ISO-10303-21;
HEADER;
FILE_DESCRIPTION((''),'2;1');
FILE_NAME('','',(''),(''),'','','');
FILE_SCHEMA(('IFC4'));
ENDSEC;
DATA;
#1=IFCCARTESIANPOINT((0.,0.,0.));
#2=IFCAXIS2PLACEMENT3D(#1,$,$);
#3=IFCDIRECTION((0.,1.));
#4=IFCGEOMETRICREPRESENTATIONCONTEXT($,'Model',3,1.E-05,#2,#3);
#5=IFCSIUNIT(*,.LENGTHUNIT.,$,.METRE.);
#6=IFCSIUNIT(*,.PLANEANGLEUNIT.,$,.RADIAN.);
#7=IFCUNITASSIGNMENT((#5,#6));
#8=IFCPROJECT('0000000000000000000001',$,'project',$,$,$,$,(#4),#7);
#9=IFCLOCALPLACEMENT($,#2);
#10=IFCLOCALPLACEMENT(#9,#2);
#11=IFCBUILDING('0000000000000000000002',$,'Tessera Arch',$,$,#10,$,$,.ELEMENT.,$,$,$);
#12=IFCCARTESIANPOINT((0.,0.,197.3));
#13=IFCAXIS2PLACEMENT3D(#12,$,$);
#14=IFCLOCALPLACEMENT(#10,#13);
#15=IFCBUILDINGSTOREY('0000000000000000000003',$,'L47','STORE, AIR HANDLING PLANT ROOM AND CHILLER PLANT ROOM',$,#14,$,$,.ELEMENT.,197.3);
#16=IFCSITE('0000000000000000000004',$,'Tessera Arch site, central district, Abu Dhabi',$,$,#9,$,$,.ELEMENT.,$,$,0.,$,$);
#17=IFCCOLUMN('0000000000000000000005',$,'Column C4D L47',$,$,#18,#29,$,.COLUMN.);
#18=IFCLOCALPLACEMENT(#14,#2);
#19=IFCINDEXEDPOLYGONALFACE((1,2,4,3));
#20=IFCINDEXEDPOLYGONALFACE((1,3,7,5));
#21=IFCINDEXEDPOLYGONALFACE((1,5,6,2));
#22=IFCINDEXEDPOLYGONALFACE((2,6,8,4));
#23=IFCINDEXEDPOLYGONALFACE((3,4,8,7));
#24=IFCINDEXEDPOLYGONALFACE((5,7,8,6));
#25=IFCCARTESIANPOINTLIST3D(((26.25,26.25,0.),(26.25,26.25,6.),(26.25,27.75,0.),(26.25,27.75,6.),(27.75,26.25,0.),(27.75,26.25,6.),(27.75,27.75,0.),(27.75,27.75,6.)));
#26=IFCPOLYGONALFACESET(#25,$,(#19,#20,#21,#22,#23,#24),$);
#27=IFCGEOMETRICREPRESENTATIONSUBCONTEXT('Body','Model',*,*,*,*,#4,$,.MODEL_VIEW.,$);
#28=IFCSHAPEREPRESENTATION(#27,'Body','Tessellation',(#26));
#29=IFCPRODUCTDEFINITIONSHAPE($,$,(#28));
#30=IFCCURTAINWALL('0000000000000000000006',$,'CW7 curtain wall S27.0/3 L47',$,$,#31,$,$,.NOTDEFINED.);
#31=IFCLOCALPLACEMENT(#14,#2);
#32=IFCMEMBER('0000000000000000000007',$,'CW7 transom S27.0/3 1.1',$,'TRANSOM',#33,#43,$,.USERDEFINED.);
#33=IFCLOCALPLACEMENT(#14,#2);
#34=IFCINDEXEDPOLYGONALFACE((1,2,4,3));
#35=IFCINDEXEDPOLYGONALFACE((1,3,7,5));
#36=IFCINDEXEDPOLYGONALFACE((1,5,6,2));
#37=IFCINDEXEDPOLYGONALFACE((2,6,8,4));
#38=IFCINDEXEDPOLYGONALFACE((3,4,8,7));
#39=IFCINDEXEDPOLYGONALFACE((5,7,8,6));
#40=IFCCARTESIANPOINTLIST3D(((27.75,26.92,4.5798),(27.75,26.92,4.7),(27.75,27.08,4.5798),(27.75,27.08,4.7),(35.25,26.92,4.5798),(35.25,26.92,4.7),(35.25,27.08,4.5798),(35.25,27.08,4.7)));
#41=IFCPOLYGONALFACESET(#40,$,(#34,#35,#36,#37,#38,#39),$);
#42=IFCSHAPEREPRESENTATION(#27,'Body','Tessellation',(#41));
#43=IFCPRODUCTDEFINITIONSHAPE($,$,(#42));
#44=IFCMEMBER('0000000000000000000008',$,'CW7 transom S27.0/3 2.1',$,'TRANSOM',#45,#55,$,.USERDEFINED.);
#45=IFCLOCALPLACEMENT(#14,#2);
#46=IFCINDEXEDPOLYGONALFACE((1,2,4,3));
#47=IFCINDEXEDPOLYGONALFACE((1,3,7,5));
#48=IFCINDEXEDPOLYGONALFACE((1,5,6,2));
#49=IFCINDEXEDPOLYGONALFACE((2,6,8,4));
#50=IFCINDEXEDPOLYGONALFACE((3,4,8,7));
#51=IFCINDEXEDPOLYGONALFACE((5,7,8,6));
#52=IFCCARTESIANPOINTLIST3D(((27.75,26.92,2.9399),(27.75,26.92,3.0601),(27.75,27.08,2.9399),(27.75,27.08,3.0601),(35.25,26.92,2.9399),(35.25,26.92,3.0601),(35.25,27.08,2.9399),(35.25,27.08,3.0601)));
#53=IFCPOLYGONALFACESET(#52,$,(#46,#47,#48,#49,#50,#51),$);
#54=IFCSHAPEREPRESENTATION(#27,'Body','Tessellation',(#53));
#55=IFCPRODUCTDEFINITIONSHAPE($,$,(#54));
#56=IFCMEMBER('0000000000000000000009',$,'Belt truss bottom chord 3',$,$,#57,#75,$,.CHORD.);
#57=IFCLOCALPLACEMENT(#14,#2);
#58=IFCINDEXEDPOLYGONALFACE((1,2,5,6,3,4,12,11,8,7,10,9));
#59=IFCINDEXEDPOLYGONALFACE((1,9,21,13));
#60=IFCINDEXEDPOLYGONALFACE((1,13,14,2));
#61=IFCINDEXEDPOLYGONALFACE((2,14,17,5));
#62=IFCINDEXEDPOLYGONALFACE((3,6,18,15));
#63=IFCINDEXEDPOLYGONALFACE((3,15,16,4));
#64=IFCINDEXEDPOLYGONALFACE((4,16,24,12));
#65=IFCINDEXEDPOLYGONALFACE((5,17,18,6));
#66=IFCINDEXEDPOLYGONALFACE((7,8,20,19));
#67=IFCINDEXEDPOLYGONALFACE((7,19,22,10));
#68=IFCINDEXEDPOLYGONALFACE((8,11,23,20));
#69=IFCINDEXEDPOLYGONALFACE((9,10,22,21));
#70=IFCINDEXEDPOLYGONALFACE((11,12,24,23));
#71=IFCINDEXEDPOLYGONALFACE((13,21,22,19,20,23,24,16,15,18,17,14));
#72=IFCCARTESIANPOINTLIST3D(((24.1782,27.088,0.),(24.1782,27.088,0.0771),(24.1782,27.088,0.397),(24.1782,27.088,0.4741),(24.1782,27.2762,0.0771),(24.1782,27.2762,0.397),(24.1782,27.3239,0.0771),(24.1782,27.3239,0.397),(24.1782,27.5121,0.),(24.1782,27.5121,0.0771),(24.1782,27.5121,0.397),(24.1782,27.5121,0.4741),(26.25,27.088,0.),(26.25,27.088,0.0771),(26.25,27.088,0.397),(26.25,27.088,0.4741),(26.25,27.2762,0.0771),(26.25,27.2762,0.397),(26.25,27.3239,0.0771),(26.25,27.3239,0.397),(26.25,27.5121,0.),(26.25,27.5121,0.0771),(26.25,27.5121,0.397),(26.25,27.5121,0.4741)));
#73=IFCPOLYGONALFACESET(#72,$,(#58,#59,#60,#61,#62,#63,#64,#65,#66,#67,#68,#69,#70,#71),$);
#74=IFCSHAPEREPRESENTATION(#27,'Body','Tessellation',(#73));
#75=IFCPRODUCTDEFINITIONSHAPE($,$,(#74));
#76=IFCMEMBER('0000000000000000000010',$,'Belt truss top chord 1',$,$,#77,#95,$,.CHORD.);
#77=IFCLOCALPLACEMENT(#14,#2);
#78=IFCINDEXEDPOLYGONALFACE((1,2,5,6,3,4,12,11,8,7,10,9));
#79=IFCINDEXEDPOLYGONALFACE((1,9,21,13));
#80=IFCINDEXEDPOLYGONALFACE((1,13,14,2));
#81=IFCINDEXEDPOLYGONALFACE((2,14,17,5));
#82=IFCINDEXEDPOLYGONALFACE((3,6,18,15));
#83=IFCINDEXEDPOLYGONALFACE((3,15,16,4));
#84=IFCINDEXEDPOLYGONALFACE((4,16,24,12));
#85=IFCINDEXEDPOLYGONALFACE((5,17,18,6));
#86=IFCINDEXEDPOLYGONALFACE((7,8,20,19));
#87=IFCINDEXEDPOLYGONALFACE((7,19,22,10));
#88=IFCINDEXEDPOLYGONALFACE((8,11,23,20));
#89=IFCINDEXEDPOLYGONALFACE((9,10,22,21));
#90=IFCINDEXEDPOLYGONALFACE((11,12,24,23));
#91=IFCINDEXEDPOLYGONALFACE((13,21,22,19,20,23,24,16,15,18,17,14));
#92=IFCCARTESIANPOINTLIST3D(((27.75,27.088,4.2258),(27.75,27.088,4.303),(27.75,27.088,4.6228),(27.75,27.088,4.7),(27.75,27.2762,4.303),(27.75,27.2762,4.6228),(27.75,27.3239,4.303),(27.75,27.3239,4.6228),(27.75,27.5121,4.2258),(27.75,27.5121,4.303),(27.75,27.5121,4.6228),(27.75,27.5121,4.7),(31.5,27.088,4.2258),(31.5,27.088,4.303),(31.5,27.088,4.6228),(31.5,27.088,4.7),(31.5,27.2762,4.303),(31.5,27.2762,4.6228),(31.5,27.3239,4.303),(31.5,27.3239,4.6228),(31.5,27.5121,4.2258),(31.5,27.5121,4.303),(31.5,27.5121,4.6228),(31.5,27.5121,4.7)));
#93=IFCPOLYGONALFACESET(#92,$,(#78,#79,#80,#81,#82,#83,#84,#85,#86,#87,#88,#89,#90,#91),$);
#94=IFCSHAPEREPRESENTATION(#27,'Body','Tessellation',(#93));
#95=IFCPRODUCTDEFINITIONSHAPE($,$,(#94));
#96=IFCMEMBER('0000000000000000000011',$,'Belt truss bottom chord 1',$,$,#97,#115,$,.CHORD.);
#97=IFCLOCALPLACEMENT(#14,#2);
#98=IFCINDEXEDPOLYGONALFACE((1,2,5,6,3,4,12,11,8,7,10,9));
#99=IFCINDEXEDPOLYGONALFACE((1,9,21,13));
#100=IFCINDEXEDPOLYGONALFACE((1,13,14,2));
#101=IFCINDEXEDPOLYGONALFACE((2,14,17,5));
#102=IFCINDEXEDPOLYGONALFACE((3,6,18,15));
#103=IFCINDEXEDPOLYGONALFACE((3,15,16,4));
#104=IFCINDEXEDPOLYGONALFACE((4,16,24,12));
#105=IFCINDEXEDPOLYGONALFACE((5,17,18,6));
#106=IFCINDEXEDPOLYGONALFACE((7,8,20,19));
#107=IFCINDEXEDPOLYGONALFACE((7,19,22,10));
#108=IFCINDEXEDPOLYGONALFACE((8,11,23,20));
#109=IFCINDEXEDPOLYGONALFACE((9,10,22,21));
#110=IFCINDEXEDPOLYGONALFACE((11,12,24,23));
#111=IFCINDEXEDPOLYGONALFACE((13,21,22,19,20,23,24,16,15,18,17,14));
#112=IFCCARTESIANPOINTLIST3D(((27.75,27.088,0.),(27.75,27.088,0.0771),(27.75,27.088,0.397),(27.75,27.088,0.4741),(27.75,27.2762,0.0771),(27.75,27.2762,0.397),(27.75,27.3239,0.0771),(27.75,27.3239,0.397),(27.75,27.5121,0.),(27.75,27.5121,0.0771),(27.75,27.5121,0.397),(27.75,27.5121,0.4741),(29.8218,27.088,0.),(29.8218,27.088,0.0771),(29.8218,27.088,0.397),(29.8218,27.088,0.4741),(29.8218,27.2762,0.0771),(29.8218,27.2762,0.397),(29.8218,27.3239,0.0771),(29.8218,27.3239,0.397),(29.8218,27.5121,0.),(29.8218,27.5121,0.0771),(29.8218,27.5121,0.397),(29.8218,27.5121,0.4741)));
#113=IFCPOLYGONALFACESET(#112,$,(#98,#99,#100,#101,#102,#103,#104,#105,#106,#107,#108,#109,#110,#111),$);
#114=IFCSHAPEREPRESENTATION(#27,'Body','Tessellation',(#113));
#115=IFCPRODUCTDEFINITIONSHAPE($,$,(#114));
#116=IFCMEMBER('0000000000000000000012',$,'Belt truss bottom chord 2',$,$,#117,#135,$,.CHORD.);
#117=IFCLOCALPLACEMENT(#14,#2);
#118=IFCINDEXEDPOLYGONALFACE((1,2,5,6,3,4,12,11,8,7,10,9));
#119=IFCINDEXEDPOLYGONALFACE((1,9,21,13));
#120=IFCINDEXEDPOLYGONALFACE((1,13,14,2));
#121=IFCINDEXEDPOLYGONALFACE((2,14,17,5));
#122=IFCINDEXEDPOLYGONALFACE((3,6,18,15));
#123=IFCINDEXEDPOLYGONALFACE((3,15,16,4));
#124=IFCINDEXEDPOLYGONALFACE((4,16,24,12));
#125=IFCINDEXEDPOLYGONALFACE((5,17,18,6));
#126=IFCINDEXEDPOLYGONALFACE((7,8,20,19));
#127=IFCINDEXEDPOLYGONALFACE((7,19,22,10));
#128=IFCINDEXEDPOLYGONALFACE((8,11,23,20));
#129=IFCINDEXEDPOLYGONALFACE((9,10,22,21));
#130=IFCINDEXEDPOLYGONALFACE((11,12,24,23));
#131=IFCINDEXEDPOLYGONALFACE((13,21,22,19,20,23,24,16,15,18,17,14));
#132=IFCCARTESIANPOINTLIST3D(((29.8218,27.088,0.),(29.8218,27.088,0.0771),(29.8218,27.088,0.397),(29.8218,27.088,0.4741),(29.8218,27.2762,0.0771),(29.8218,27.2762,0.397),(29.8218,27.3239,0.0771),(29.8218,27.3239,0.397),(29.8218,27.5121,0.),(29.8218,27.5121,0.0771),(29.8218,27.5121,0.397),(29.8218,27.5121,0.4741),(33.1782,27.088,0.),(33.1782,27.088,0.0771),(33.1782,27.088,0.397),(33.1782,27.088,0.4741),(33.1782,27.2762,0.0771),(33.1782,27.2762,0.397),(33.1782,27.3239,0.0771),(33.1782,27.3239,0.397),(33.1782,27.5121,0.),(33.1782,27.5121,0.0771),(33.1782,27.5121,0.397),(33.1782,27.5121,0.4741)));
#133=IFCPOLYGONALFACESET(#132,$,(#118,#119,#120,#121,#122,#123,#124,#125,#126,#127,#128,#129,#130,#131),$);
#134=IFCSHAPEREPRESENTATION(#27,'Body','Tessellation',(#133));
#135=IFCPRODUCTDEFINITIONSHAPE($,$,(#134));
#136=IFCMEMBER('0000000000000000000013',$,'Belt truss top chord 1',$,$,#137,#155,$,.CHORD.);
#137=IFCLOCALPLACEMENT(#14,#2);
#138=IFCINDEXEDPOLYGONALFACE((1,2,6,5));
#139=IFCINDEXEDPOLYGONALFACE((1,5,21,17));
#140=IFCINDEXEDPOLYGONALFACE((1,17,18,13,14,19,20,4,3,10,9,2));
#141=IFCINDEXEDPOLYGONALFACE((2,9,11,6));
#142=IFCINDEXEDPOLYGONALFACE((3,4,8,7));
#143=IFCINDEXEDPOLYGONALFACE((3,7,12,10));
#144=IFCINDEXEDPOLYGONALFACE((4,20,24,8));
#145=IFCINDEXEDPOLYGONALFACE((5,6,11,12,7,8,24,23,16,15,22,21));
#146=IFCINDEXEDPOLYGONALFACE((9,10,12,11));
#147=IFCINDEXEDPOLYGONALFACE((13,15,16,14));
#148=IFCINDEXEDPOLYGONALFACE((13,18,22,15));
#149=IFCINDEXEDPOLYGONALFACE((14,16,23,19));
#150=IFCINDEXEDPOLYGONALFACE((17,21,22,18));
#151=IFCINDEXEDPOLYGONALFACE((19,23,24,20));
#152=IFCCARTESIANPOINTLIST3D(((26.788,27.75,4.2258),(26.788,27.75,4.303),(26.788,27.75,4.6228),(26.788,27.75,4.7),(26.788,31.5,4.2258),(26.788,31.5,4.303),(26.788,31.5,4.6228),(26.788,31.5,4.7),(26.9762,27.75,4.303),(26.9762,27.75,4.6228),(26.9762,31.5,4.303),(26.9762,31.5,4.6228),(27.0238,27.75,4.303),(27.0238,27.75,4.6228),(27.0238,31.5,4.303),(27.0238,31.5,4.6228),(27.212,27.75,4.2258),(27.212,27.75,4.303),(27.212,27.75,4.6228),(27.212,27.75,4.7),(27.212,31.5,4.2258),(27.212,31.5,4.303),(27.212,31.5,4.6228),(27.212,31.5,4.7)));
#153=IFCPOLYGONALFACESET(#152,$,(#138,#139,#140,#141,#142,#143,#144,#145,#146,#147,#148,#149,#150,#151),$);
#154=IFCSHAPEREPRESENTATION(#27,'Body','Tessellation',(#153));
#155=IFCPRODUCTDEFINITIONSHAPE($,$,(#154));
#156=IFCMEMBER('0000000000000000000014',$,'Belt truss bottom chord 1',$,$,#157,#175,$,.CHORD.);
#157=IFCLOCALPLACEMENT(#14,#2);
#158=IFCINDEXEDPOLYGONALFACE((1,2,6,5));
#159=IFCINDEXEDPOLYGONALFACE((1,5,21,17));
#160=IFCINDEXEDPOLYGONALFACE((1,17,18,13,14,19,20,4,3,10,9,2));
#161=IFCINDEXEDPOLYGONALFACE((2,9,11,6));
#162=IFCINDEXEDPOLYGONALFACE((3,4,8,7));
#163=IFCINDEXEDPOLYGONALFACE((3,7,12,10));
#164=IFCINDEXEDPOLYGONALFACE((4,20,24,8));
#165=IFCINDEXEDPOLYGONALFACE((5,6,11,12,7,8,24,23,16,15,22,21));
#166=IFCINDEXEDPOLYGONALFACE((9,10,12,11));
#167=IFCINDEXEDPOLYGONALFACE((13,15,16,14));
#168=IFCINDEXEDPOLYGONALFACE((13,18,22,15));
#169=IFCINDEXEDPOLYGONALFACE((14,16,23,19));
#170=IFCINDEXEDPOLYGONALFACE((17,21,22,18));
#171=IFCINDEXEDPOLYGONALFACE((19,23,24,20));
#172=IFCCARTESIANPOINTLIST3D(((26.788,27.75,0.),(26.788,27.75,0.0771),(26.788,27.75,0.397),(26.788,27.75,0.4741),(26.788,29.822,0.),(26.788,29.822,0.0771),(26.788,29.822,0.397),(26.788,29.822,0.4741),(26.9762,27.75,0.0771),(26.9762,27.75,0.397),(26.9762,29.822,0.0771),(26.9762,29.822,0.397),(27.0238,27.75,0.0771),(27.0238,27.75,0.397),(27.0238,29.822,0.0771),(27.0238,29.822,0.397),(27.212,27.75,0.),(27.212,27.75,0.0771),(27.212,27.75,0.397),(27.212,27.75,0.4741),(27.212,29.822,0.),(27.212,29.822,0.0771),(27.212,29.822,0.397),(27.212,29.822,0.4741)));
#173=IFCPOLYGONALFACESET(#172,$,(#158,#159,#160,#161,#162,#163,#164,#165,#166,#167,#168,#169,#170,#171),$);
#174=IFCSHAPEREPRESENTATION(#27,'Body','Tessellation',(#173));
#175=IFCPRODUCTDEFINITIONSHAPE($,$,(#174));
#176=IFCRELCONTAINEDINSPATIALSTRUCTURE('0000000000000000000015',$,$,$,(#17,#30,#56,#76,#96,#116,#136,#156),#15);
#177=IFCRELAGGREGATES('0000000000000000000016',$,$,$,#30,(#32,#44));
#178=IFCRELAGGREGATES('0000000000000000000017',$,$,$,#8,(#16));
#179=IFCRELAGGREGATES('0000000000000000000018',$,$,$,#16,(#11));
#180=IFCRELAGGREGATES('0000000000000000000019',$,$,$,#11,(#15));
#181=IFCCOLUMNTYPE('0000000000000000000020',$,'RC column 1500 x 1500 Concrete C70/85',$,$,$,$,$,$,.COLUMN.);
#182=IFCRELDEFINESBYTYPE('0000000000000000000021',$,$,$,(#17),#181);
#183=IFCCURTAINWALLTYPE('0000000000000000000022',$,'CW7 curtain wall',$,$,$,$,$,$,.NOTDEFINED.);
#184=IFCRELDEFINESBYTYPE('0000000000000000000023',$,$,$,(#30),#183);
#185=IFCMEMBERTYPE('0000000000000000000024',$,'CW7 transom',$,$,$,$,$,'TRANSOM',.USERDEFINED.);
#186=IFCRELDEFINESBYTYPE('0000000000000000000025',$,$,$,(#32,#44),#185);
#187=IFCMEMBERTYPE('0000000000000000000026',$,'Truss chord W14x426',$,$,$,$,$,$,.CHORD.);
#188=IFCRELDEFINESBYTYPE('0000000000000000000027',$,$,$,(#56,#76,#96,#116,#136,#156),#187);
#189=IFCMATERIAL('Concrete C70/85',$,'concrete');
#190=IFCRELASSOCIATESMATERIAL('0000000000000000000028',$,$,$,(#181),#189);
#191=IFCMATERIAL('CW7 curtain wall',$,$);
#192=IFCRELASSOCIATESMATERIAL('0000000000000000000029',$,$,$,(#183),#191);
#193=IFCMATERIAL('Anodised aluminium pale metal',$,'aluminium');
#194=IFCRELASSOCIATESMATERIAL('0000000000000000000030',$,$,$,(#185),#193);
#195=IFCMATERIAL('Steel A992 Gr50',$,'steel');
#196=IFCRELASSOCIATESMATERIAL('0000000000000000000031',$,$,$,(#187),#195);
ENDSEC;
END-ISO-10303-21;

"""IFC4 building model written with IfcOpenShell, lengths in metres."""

from ifc_helpers import new_model, si_unit, direction, frame, origin, origin_2d, place, context, subcontext, project, spatial, rectangle, i_section, extrude, material, material_profile, profile_set, type_object, element, aggregate, save


model = new_model("IFC4")

# Units and contexts
model_context = context("Model", 3, precision=1e-05, world=origin(), true_north=direction((0.0, 1.0)))
body_context = subcontext(model_context, "Body", "Model", "MODEL_VIEW")
ifc_project = project(units=[si_unit("LENGTHUNIT", "METRE"), si_unit("PLANEANGLEUNIT", "RADIAN")], contexts=[model_context])

# Site, building, storey
site_placement = place(None, origin())
site = spatial("IfcSite", under=ifc_project, at=site_placement, Name="Tessera Arch site, central district, Abu Dhabi", CompositionType="ELEMENT", RefElevation=0.0)
building_placement = place(site_placement, origin())
building = spatial("IfcBuilding", under=site, at=building_placement, Name="Tessera Arch", CompositionType="ELEMENT")
storey_placement = place(building_placement, frame((0.0, 0.0, 197.3)))
storey = spatial("IfcBuildingStorey", under=building, at=storey_placement, Name="L47", Description="STORE, AIR HANDLING PLANT ROOM AND CHILLER PLANT ROOM", CompositionType="ELEMENT", Elevation=197.3)

# Column
ifc_material_1 = material(Name="Concrete C70/85", Category="concrete")
ifc_material_profile_1 = material_profile(ifc_material_1, rectangle(XDim=1.5, YDim=1.5, at=origin_2d()), Name="RC column 1500 x 1500 Concrete C70/85")
ifc_profile_set_1 = profile_set([ifc_material_profile_1], Name="Concrete C70/85")
column_type = type_object("IfcColumnType", Name="RC column 1500 x 1500 Concrete C70/85", PredefinedType="COLUMN", material=ifc_profile_set_1)
column_placement = place(storey_placement, frame((27.0, 27.0, 0.0), z_axis=(0.0, 0.0, 1.0), x_axis=(1.0, 0.0, 0.0)))
element("IfcColumn", 1, at=column_placement, inside=storey, type_object=column_type, Name="Column C4D L47", PredefinedType="COLUMN", context=body_context, shape_type="SweptSolid", body=[
    extrude(rectangle(XDim=1.5, YDim=1.5, at=origin_2d()), origin(), (0.0, 0.0, 1.0), 6.0),
])

# Curtain wall, members
ifc_material_2 = material(Name="CW7 curtain wall")
curtain_wall_type = type_object("IfcCurtainWallType", Name="CW7 curtain wall", PredefinedType="NOTDEFINED", material=ifc_material_2)
curtain_wall_1_placement = place(storey_placement, origin())
curtain_wall_1 = element("IfcCurtainWall", 2, at=curtain_wall_1_placement, inside=storey, type_object=curtain_wall_type, Name="CW7 curtain wall S27.0/3 L47", PredefinedType="NOTDEFINED")
ifc_material_3 = material(Name="Anodised aluminium pale metal", Category="aluminium")
ifc_material_profile_2 = material_profile(ifc_material_3, rectangle(XDim=0.1599, YDim=0.1201, at=origin_2d()), Name="AL 160x120")
ifc_profile_set_2 = profile_set([ifc_material_profile_2], Name="Anodised aluminium pale metal")
member_type_1 = type_object("IfcMemberType", Name="CW7 transom", ElementType="TRANSOM", PredefinedType="USERDEFINED", material=ifc_profile_set_2)
member_1_placement = place(storey_placement, frame((27.75, 27.0, 4.6399), z_axis=(1.0, 0.0, 0.0), x_axis=(0.0, 1.0, 0.0)))
member_1 = element("IfcMember", 3, at=member_1_placement, type_object=member_type_1, Name="CW7 transom S27.0/3 1.1", ObjectType="TRANSOM", PredefinedType="USERDEFINED", context=body_context, shape_type="SweptSolid", body=[
    extrude(rectangle(XDim=0.1599, YDim=0.1201, at=origin_2d()), origin(), (0.0, 0.0, 1.0), 7.5),
])
member_2_placement = place(storey_placement, frame((27.75, 27.0, 3.0), z_axis=(1.0, 0.0, 0.0), x_axis=(0.0, 1.0, 0.0)))
member_2 = element("IfcMember", 4, at=member_2_placement, type_object=member_type_1, Name="CW7 transom S27.0/3 2.1", ObjectType="TRANSOM", PredefinedType="USERDEFINED", context=body_context, shape_type="SweptSolid", body=[
    extrude(rectangle(XDim=0.1599, YDim=0.1201, at=origin_2d()), origin(), (0.0, 0.0, 1.0), 7.5),
])

# Members
ifc_material_4 = material(Name="Steel A992 Gr50", Category="steel")
ifc_material_profile_3 = material_profile(ifc_material_4, i_section(OverallWidth=0.4241, OverallDepth=0.4741, WebThickness=0.0476, FlangeThickness=0.0771, at=origin_2d()), Name="W14x426")
ifc_profile_set_3 = profile_set([ifc_material_profile_3], Name="Steel A992 Gr50")
member_type_2 = type_object("IfcMemberType", Name="Truss chord W14x426", PredefinedType="CHORD", material=ifc_profile_set_3)
member_3_placement = place(storey_placement, frame((24.1782, 27.3, 0.2371), z_axis=(1.0, 0.0, 0.0), x_axis=(0.0, 1.0, 0.0)))
element("IfcMember", 5, at=member_3_placement, inside=storey, type_object=member_type_2, Name="Belt truss bottom chord 3", PredefinedType="CHORD", context=body_context, shape_type="SweptSolid", body=[
    extrude(i_section(OverallWidth=0.4241, OverallDepth=0.4741, WebThickness=0.0476, FlangeThickness=0.0771, at=origin_2d()), origin(), (0.0, 0.0, 1.0), 2.0718),
])
member_4_placement = place(storey_placement, frame((27.75, 27.3, 4.4629), z_axis=(1.0, 0.0, 0.0), x_axis=(0.0, 1.0, 0.0)))
element("IfcMember", 6, at=member_4_placement, inside=storey, type_object=member_type_2, Name="Belt truss top chord 1", PredefinedType="CHORD", context=body_context, shape_type="SweptSolid", body=[
    extrude(i_section(OverallWidth=0.4241, OverallDepth=0.4741, WebThickness=0.0476, FlangeThickness=0.0771, at=origin_2d()), origin(), (0.0, 0.0, 1.0), 3.75),
])
member_5_placement = place(storey_placement, frame((27.75, 27.3, 0.2371), z_axis=(1.0, 0.0, 0.0), x_axis=(0.0, 1.0, 0.0)))
element("IfcMember", 7, at=member_5_placement, inside=storey, type_object=member_type_2, Name="Belt truss bottom chord 1", PredefinedType="CHORD", context=body_context, shape_type="SweptSolid", body=[
    extrude(i_section(OverallWidth=0.4241, OverallDepth=0.4741, WebThickness=0.0476, FlangeThickness=0.0771, at=origin_2d()), origin(), (0.0, 0.0, 1.0), 2.0718),
])
member_6_placement = place(storey_placement, frame((29.8218, 27.3, 0.2371), z_axis=(1.0, 0.0, 0.0), x_axis=(0.0, 1.0, 0.0)))
element("IfcMember", 8, at=member_6_placement, inside=storey, type_object=member_type_2, Name="Belt truss bottom chord 2", PredefinedType="CHORD", context=body_context, shape_type="SweptSolid", body=[
    extrude(i_section(OverallWidth=0.4241, OverallDepth=0.4741, WebThickness=0.0476, FlangeThickness=0.0771, at=origin_2d()), origin(), (0.0, 0.0, 1.0), 3.3564),
])
member_7_placement = place(storey_placement, frame((27.0, 27.75, 4.4629), z_axis=(0.0, 1.0, 0.0), x_axis=(-1.0, 0.0, 0.0)))
element("IfcMember", 9, at=member_7_placement, inside=storey, type_object=member_type_2, Name="Belt truss top chord 1", PredefinedType="CHORD", context=body_context, shape_type="SweptSolid", body=[
    extrude(i_section(OverallWidth=0.4241, OverallDepth=0.4741, WebThickness=0.0476, FlangeThickness=0.0771, at=origin_2d()), origin(), (0.0, 0.0, 1.0), 3.75),
])
member_8_placement = place(storey_placement, frame((27.0, 27.75, 0.2371), z_axis=(0.0, 1.0, 0.0), x_axis=(-1.0, 0.0, 0.0)))
element("IfcMember", 10, at=member_8_placement, inside=storey, type_object=member_type_2, Name="Belt truss bottom chord 1", PredefinedType="CHORD", context=body_context, shape_type="SweptSolid", body=[
    extrude(i_section(OverallWidth=0.4241, OverallDepth=0.4741, WebThickness=0.0476, FlangeThickness=0.0771, at=origin_2d()), origin(), (0.0, 0.0, 1.0), 2.072),
])

aggregate(curtain_wall_1, [member_1, member_2])

save(model, "model.ifc")
